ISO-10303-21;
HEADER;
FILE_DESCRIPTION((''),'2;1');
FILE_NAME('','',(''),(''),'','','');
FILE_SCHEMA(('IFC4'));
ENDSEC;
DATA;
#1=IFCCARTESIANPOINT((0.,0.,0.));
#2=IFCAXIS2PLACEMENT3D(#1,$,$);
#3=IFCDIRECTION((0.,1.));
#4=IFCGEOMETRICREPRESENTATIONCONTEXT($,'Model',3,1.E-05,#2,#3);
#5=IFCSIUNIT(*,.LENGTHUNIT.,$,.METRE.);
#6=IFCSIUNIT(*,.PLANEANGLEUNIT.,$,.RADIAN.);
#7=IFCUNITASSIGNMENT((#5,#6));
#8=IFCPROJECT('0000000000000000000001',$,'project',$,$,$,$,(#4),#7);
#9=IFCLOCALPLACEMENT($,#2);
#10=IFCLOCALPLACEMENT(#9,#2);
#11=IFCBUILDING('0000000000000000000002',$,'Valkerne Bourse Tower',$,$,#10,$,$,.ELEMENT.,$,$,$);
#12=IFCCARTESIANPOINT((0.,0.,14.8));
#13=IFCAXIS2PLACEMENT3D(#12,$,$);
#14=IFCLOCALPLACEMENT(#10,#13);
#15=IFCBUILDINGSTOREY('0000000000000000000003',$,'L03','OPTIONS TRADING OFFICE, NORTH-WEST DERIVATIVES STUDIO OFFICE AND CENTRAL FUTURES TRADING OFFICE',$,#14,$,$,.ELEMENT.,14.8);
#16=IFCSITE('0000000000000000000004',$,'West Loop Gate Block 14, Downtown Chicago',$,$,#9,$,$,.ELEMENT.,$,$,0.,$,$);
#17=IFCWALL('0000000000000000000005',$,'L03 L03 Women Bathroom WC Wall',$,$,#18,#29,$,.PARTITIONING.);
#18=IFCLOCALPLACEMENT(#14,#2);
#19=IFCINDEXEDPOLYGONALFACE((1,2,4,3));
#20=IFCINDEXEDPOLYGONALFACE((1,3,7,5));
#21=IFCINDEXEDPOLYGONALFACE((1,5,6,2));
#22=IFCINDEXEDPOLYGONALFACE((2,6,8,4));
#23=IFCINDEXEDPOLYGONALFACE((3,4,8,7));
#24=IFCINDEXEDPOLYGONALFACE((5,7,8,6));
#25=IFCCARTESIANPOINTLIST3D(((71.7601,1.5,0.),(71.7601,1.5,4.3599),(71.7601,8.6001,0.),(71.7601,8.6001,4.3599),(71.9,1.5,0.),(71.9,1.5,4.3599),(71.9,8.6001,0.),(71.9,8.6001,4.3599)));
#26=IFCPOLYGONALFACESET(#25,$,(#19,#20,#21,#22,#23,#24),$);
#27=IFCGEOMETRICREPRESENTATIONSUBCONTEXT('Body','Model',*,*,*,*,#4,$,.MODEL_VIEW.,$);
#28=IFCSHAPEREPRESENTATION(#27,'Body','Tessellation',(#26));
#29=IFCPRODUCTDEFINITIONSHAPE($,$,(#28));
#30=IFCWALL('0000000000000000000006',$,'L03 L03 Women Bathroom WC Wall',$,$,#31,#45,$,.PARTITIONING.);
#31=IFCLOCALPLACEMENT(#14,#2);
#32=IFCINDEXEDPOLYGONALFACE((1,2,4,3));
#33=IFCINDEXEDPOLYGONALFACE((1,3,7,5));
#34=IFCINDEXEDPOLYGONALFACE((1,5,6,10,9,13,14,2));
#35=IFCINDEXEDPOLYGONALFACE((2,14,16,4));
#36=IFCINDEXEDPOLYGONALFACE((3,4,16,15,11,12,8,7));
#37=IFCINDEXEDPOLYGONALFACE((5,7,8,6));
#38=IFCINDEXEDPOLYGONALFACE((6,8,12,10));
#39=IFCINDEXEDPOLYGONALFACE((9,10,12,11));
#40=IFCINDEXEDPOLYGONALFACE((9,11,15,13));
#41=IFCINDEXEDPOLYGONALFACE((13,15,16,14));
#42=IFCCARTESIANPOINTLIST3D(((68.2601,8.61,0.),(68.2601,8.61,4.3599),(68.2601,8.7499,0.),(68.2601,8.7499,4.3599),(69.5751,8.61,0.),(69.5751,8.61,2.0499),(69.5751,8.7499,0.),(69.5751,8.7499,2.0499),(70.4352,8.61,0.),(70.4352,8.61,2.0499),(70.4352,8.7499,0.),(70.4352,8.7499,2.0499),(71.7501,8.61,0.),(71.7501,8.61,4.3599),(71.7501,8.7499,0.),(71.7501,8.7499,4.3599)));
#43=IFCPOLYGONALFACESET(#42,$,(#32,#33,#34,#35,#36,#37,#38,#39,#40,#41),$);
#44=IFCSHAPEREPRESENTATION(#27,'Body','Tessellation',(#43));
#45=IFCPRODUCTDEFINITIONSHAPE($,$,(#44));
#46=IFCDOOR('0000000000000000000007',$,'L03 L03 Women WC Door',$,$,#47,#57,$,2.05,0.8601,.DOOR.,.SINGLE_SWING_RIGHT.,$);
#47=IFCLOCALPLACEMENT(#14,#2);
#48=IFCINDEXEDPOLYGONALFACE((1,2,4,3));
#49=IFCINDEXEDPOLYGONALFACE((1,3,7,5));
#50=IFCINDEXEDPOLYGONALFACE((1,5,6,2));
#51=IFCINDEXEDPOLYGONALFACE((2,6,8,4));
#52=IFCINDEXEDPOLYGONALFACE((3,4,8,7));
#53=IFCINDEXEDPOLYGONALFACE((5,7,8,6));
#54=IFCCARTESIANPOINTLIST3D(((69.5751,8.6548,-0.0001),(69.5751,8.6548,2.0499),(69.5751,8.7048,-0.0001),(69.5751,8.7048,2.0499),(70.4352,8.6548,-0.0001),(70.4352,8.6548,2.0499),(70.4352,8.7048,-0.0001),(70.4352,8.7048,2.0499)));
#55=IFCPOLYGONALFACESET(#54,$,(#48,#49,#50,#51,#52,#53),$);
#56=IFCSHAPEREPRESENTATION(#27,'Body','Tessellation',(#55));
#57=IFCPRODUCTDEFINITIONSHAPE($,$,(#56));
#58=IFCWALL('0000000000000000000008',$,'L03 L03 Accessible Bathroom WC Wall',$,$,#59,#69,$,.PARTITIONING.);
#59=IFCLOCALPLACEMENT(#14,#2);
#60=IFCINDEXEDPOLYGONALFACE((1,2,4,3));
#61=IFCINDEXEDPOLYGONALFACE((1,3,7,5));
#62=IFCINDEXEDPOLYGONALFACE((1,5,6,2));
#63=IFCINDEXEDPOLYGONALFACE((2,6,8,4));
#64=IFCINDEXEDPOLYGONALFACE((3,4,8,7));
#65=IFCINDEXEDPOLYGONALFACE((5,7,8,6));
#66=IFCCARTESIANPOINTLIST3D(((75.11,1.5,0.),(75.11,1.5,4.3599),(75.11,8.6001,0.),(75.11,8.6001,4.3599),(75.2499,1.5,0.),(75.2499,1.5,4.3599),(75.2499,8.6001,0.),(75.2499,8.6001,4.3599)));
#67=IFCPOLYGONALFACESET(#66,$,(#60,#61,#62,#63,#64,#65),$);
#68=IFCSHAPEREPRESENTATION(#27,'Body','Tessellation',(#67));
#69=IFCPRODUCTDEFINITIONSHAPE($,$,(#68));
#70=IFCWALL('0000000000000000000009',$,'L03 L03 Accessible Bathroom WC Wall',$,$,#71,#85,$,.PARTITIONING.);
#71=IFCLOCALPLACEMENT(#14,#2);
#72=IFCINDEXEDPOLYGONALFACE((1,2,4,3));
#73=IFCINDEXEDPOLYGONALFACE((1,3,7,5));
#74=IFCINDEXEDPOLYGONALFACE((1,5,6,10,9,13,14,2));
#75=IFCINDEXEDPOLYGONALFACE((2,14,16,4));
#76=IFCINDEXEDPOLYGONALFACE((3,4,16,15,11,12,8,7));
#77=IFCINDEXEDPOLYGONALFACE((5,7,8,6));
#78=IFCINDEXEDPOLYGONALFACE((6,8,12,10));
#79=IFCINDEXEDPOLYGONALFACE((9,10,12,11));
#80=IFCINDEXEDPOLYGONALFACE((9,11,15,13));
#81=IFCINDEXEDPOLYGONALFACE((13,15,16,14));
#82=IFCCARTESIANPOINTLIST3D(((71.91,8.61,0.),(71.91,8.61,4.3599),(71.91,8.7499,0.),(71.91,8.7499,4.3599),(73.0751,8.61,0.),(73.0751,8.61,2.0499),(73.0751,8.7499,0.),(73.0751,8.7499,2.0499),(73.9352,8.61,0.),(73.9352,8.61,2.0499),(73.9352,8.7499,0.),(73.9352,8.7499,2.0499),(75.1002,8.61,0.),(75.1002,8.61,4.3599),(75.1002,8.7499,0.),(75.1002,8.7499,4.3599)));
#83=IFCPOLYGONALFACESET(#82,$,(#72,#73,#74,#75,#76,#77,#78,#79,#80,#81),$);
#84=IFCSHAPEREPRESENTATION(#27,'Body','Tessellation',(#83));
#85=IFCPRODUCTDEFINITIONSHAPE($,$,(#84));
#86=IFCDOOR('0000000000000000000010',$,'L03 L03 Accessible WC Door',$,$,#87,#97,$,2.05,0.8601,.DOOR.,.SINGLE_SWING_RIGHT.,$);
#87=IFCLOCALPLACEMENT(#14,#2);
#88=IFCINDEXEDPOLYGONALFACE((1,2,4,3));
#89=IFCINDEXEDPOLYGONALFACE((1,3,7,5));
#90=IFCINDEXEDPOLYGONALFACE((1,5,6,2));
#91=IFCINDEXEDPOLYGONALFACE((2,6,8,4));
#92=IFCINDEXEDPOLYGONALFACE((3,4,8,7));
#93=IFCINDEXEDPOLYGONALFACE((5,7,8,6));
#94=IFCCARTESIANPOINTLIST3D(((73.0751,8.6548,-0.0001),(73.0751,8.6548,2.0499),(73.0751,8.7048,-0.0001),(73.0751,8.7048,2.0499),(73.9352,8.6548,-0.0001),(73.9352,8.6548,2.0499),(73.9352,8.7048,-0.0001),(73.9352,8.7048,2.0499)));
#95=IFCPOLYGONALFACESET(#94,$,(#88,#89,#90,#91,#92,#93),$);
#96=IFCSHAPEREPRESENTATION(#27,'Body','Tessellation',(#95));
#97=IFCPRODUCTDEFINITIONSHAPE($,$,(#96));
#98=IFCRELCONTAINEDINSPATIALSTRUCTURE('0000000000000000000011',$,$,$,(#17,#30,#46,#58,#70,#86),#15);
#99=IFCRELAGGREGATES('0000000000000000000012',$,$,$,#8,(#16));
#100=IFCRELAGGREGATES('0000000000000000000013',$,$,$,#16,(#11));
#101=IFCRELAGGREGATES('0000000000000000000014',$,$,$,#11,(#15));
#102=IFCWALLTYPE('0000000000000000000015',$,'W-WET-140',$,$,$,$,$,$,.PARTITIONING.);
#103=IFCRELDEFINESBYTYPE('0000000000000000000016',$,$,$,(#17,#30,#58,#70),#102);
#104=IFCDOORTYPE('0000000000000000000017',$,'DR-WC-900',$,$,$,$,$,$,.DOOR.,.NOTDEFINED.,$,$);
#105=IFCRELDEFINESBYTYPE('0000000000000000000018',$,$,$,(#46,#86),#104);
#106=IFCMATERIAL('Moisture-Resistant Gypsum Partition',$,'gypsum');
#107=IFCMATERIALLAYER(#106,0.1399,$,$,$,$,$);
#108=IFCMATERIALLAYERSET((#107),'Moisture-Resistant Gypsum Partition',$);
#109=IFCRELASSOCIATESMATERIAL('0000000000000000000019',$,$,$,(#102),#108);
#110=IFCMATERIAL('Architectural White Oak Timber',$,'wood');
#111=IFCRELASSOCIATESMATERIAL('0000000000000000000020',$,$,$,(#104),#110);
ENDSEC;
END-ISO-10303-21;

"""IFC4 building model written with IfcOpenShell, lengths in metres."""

from ifc_helpers import new_model, si_unit, direction, frame, frame_2d, origin, place, context, subcontext, project, spatial, rectangle, extrude, material, layer, layer_set, type_object, element, fill, save


model = new_model("IFC4")

# Units and contexts
model_context = context("Model", 3, precision=1e-05, world=origin(), true_north=direction((0.0, 1.0)))
body_context = subcontext(model_context, "Body", "Model", "MODEL_VIEW")
ifc_project = project(units=[si_unit("LENGTHUNIT", "METRE"), si_unit("PLANEANGLEUNIT", "RADIAN")], contexts=[model_context])

# Site, building, storey
site_placement = place(None, origin())
site = spatial("IfcSite", under=ifc_project, at=site_placement, Name="West Loop Gate Block 14, Downtown Chicago", CompositionType="ELEMENT", RefElevation=0.0)
building_placement = place(site_placement, origin())
building = spatial("IfcBuilding", under=site, at=building_placement, Name="Valkerne Bourse Tower", CompositionType="ELEMENT")
storey_placement = place(building_placement, frame((0.0, 0.0, 14.8)))
storey = spatial("IfcBuildingStorey", under=building, at=storey_placement, Name="L03", Description="OPTIONS TRADING OFFICE, NORTH-WEST DERIVATIVES STUDIO OFFICE AND CENTRAL FUTURES TRADING OFFICE", CompositionType="ELEMENT", Elevation=14.8)

# Shared definitions
ifc_material_1 = material(Name="Moisture-Resistant Gypsum Partition", Category="gypsum")
ifc_layer_1 = layer(ifc_material_1, 0.1399)
ifc_layer_set_1 = layer_set([ifc_layer_1], Name="Moisture-Resistant Gypsum Partition")
wall_type_1 = type_object("IfcWallType", Name="W-WET-140", PredefinedType="PARTITIONING", material=ifc_layer_set_1)

# Shared definitions
ifc_material_2 = material(Name="Architectural White Oak Timber", Category="wood")
door_type = type_object("IfcDoorType", Name="DR-WC-900", OperationType="NOTDEFINED", PredefinedType="DOOR", material=ifc_material_2)

# Wall
wall_1_placement = place(storey_placement, frame((71.8301, 1.5, 0.0), z_axis=(0.0, 0.0, 1.0), x_axis=(0.0, 1.0, 0.0)))
element("IfcWall", 1, at=wall_1_placement, inside=storey, type_object=wall_type_1, Name="L03 L03 Women Bathroom WC Wall", PredefinedType="PARTITIONING", context=body_context, shape_type="SweptSolid", body=[
    extrude(rectangle(XDim=7.1001, YDim=0.1399, at=frame_2d((3.55, 0.0))), origin(), (0.0, 0.0, 1.0), 4.3599),
])

# Wall, opening, door
wall_2_placement = place(storey_placement, frame((68.26, 8.6799, 0.0), z_axis=(0.0, 0.0, 1.0), x_axis=(1.0, 0.0, 0.0)))
wall_2 = element("IfcWall", 2, at=wall_2_placement, inside=storey, type_object=wall_type_1, Name="L03 L03 Women Bathroom WC Wall", PredefinedType="PARTITIONING", context=body_context, shape_type="SweptSolid", body=[
    extrude(rectangle(XDim=3.49, YDim=0.1399, at=frame_2d((1.7451, 0.0))), origin(), (0.0, 0.0, 1.0), 4.3599),
])
opening_1_placement = place(wall_2_placement, frame((1.3149, 0.0, 0.0)))
opening_1 = element("IfcOpeningElement", 3, at=opening_1_placement, cuts=wall_2, PredefinedType="OPENING", context=body_context, shape_type="SweptSolid", body=[
    extrude(rectangle(XDim=0.8601, YDim=2.05, at=frame_2d((0.4302, 1.0249))), frame((0.0, 0.0798, 0.0), z_axis=(0.0, -1.0, 0.0), x_axis=(1.0, 0.0, 0.0)), (0.0, 0.0, 1.0), 0.1599),
])
door_1_placement = place(opening_1_placement, origin())
door_1 = element("IfcDoor", 4, at=door_1_placement, inside=storey, type_object=door_type, Name="L03 L03 Women WC Door", OperationType="SINGLE_SWING_RIGHT", OverallHeight=2.05, OverallWidth=0.8601, PredefinedType="DOOR", context=body_context, shape_type="SweptSolid", body=[
    extrude(rectangle(XDim=0.8601, YDim=2.05, at=frame_2d((0.4302, 1.0249))), frame((0.0, 0.0249, 0.0), z_axis=(0.0, -1.0, 0.0), x_axis=(1.0, 0.0, 0.0)), (0.0, 0.0, 1.0), 0.05),
])
fill(opening_1, door_1)

# Wall
wall_3_placement = place(storey_placement, frame((75.1799, 1.5, 0.0), z_axis=(0.0, 0.0, 1.0), x_axis=(0.0, 1.0, 0.0)))
element("IfcWall", 5, at=wall_3_placement, inside=storey, type_object=wall_type_1, Name="L03 L03 Accessible Bathroom WC Wall", PredefinedType="PARTITIONING", context=body_context, shape_type="SweptSolid", body=[
    extrude(rectangle(XDim=7.1001, YDim=0.1399, at=frame_2d((3.55, 0.0))), origin(), (0.0, 0.0, 1.0), 4.3599),
])

# Wall, opening, door
wall_4_placement = place(storey_placement, frame((71.9099, 8.6799, 0.0), z_axis=(0.0, 0.0, 1.0), x_axis=(1.0, 0.0, 0.0)))
wall_4 = element("IfcWall", 6, at=wall_4_placement, inside=storey, type_object=wall_type_1, Name="L03 L03 Accessible Bathroom WC Wall", PredefinedType="PARTITIONING", context=body_context, shape_type="SweptSolid", body=[
    extrude(rectangle(XDim=3.1902, YDim=0.1399, at=frame_2d((1.5952, 0.0))), origin(), (0.0, 0.0, 1.0), 4.3599),
])
opening_2_placement = place(wall_4_placement, frame((1.165, 0.0, 0.0)))
opening_2 = element("IfcOpeningElement", 7, at=opening_2_placement, cuts=wall_4, PredefinedType="OPENING", context=body_context, shape_type="SweptSolid", body=[
    extrude(rectangle(XDim=0.8601, YDim=2.05, at=frame_2d((0.4302, 1.0249))), frame((0.0, 0.0798, 0.0), z_axis=(0.0, -1.0, 0.0), x_axis=(1.0, 0.0, 0.0)), (0.0, 0.0, 1.0), 0.1599),
])
door_2_placement = place(opening_2_placement, origin())
door_2 = element("IfcDoor", 8, at=door_2_placement, inside=storey, type_object=door_type, Name="L03 L03 Accessible WC Door", OperationType="SINGLE_SWING_RIGHT", OverallHeight=2.05, OverallWidth=0.8601, PredefinedType="DOOR", context=body_context, shape_type="SweptSolid", body=[
    extrude(rectangle(XDim=0.8601, YDim=2.05, at=frame_2d((0.4302, 1.0249))), frame((0.0, 0.0249, 0.0), z_axis=(0.0, -1.0, 0.0), x_axis=(1.0, 0.0, 0.0)), (0.0, 0.0, 1.0), 0.05),
])
fill(opening_2, door_2)

save(model, "model.ifc")
